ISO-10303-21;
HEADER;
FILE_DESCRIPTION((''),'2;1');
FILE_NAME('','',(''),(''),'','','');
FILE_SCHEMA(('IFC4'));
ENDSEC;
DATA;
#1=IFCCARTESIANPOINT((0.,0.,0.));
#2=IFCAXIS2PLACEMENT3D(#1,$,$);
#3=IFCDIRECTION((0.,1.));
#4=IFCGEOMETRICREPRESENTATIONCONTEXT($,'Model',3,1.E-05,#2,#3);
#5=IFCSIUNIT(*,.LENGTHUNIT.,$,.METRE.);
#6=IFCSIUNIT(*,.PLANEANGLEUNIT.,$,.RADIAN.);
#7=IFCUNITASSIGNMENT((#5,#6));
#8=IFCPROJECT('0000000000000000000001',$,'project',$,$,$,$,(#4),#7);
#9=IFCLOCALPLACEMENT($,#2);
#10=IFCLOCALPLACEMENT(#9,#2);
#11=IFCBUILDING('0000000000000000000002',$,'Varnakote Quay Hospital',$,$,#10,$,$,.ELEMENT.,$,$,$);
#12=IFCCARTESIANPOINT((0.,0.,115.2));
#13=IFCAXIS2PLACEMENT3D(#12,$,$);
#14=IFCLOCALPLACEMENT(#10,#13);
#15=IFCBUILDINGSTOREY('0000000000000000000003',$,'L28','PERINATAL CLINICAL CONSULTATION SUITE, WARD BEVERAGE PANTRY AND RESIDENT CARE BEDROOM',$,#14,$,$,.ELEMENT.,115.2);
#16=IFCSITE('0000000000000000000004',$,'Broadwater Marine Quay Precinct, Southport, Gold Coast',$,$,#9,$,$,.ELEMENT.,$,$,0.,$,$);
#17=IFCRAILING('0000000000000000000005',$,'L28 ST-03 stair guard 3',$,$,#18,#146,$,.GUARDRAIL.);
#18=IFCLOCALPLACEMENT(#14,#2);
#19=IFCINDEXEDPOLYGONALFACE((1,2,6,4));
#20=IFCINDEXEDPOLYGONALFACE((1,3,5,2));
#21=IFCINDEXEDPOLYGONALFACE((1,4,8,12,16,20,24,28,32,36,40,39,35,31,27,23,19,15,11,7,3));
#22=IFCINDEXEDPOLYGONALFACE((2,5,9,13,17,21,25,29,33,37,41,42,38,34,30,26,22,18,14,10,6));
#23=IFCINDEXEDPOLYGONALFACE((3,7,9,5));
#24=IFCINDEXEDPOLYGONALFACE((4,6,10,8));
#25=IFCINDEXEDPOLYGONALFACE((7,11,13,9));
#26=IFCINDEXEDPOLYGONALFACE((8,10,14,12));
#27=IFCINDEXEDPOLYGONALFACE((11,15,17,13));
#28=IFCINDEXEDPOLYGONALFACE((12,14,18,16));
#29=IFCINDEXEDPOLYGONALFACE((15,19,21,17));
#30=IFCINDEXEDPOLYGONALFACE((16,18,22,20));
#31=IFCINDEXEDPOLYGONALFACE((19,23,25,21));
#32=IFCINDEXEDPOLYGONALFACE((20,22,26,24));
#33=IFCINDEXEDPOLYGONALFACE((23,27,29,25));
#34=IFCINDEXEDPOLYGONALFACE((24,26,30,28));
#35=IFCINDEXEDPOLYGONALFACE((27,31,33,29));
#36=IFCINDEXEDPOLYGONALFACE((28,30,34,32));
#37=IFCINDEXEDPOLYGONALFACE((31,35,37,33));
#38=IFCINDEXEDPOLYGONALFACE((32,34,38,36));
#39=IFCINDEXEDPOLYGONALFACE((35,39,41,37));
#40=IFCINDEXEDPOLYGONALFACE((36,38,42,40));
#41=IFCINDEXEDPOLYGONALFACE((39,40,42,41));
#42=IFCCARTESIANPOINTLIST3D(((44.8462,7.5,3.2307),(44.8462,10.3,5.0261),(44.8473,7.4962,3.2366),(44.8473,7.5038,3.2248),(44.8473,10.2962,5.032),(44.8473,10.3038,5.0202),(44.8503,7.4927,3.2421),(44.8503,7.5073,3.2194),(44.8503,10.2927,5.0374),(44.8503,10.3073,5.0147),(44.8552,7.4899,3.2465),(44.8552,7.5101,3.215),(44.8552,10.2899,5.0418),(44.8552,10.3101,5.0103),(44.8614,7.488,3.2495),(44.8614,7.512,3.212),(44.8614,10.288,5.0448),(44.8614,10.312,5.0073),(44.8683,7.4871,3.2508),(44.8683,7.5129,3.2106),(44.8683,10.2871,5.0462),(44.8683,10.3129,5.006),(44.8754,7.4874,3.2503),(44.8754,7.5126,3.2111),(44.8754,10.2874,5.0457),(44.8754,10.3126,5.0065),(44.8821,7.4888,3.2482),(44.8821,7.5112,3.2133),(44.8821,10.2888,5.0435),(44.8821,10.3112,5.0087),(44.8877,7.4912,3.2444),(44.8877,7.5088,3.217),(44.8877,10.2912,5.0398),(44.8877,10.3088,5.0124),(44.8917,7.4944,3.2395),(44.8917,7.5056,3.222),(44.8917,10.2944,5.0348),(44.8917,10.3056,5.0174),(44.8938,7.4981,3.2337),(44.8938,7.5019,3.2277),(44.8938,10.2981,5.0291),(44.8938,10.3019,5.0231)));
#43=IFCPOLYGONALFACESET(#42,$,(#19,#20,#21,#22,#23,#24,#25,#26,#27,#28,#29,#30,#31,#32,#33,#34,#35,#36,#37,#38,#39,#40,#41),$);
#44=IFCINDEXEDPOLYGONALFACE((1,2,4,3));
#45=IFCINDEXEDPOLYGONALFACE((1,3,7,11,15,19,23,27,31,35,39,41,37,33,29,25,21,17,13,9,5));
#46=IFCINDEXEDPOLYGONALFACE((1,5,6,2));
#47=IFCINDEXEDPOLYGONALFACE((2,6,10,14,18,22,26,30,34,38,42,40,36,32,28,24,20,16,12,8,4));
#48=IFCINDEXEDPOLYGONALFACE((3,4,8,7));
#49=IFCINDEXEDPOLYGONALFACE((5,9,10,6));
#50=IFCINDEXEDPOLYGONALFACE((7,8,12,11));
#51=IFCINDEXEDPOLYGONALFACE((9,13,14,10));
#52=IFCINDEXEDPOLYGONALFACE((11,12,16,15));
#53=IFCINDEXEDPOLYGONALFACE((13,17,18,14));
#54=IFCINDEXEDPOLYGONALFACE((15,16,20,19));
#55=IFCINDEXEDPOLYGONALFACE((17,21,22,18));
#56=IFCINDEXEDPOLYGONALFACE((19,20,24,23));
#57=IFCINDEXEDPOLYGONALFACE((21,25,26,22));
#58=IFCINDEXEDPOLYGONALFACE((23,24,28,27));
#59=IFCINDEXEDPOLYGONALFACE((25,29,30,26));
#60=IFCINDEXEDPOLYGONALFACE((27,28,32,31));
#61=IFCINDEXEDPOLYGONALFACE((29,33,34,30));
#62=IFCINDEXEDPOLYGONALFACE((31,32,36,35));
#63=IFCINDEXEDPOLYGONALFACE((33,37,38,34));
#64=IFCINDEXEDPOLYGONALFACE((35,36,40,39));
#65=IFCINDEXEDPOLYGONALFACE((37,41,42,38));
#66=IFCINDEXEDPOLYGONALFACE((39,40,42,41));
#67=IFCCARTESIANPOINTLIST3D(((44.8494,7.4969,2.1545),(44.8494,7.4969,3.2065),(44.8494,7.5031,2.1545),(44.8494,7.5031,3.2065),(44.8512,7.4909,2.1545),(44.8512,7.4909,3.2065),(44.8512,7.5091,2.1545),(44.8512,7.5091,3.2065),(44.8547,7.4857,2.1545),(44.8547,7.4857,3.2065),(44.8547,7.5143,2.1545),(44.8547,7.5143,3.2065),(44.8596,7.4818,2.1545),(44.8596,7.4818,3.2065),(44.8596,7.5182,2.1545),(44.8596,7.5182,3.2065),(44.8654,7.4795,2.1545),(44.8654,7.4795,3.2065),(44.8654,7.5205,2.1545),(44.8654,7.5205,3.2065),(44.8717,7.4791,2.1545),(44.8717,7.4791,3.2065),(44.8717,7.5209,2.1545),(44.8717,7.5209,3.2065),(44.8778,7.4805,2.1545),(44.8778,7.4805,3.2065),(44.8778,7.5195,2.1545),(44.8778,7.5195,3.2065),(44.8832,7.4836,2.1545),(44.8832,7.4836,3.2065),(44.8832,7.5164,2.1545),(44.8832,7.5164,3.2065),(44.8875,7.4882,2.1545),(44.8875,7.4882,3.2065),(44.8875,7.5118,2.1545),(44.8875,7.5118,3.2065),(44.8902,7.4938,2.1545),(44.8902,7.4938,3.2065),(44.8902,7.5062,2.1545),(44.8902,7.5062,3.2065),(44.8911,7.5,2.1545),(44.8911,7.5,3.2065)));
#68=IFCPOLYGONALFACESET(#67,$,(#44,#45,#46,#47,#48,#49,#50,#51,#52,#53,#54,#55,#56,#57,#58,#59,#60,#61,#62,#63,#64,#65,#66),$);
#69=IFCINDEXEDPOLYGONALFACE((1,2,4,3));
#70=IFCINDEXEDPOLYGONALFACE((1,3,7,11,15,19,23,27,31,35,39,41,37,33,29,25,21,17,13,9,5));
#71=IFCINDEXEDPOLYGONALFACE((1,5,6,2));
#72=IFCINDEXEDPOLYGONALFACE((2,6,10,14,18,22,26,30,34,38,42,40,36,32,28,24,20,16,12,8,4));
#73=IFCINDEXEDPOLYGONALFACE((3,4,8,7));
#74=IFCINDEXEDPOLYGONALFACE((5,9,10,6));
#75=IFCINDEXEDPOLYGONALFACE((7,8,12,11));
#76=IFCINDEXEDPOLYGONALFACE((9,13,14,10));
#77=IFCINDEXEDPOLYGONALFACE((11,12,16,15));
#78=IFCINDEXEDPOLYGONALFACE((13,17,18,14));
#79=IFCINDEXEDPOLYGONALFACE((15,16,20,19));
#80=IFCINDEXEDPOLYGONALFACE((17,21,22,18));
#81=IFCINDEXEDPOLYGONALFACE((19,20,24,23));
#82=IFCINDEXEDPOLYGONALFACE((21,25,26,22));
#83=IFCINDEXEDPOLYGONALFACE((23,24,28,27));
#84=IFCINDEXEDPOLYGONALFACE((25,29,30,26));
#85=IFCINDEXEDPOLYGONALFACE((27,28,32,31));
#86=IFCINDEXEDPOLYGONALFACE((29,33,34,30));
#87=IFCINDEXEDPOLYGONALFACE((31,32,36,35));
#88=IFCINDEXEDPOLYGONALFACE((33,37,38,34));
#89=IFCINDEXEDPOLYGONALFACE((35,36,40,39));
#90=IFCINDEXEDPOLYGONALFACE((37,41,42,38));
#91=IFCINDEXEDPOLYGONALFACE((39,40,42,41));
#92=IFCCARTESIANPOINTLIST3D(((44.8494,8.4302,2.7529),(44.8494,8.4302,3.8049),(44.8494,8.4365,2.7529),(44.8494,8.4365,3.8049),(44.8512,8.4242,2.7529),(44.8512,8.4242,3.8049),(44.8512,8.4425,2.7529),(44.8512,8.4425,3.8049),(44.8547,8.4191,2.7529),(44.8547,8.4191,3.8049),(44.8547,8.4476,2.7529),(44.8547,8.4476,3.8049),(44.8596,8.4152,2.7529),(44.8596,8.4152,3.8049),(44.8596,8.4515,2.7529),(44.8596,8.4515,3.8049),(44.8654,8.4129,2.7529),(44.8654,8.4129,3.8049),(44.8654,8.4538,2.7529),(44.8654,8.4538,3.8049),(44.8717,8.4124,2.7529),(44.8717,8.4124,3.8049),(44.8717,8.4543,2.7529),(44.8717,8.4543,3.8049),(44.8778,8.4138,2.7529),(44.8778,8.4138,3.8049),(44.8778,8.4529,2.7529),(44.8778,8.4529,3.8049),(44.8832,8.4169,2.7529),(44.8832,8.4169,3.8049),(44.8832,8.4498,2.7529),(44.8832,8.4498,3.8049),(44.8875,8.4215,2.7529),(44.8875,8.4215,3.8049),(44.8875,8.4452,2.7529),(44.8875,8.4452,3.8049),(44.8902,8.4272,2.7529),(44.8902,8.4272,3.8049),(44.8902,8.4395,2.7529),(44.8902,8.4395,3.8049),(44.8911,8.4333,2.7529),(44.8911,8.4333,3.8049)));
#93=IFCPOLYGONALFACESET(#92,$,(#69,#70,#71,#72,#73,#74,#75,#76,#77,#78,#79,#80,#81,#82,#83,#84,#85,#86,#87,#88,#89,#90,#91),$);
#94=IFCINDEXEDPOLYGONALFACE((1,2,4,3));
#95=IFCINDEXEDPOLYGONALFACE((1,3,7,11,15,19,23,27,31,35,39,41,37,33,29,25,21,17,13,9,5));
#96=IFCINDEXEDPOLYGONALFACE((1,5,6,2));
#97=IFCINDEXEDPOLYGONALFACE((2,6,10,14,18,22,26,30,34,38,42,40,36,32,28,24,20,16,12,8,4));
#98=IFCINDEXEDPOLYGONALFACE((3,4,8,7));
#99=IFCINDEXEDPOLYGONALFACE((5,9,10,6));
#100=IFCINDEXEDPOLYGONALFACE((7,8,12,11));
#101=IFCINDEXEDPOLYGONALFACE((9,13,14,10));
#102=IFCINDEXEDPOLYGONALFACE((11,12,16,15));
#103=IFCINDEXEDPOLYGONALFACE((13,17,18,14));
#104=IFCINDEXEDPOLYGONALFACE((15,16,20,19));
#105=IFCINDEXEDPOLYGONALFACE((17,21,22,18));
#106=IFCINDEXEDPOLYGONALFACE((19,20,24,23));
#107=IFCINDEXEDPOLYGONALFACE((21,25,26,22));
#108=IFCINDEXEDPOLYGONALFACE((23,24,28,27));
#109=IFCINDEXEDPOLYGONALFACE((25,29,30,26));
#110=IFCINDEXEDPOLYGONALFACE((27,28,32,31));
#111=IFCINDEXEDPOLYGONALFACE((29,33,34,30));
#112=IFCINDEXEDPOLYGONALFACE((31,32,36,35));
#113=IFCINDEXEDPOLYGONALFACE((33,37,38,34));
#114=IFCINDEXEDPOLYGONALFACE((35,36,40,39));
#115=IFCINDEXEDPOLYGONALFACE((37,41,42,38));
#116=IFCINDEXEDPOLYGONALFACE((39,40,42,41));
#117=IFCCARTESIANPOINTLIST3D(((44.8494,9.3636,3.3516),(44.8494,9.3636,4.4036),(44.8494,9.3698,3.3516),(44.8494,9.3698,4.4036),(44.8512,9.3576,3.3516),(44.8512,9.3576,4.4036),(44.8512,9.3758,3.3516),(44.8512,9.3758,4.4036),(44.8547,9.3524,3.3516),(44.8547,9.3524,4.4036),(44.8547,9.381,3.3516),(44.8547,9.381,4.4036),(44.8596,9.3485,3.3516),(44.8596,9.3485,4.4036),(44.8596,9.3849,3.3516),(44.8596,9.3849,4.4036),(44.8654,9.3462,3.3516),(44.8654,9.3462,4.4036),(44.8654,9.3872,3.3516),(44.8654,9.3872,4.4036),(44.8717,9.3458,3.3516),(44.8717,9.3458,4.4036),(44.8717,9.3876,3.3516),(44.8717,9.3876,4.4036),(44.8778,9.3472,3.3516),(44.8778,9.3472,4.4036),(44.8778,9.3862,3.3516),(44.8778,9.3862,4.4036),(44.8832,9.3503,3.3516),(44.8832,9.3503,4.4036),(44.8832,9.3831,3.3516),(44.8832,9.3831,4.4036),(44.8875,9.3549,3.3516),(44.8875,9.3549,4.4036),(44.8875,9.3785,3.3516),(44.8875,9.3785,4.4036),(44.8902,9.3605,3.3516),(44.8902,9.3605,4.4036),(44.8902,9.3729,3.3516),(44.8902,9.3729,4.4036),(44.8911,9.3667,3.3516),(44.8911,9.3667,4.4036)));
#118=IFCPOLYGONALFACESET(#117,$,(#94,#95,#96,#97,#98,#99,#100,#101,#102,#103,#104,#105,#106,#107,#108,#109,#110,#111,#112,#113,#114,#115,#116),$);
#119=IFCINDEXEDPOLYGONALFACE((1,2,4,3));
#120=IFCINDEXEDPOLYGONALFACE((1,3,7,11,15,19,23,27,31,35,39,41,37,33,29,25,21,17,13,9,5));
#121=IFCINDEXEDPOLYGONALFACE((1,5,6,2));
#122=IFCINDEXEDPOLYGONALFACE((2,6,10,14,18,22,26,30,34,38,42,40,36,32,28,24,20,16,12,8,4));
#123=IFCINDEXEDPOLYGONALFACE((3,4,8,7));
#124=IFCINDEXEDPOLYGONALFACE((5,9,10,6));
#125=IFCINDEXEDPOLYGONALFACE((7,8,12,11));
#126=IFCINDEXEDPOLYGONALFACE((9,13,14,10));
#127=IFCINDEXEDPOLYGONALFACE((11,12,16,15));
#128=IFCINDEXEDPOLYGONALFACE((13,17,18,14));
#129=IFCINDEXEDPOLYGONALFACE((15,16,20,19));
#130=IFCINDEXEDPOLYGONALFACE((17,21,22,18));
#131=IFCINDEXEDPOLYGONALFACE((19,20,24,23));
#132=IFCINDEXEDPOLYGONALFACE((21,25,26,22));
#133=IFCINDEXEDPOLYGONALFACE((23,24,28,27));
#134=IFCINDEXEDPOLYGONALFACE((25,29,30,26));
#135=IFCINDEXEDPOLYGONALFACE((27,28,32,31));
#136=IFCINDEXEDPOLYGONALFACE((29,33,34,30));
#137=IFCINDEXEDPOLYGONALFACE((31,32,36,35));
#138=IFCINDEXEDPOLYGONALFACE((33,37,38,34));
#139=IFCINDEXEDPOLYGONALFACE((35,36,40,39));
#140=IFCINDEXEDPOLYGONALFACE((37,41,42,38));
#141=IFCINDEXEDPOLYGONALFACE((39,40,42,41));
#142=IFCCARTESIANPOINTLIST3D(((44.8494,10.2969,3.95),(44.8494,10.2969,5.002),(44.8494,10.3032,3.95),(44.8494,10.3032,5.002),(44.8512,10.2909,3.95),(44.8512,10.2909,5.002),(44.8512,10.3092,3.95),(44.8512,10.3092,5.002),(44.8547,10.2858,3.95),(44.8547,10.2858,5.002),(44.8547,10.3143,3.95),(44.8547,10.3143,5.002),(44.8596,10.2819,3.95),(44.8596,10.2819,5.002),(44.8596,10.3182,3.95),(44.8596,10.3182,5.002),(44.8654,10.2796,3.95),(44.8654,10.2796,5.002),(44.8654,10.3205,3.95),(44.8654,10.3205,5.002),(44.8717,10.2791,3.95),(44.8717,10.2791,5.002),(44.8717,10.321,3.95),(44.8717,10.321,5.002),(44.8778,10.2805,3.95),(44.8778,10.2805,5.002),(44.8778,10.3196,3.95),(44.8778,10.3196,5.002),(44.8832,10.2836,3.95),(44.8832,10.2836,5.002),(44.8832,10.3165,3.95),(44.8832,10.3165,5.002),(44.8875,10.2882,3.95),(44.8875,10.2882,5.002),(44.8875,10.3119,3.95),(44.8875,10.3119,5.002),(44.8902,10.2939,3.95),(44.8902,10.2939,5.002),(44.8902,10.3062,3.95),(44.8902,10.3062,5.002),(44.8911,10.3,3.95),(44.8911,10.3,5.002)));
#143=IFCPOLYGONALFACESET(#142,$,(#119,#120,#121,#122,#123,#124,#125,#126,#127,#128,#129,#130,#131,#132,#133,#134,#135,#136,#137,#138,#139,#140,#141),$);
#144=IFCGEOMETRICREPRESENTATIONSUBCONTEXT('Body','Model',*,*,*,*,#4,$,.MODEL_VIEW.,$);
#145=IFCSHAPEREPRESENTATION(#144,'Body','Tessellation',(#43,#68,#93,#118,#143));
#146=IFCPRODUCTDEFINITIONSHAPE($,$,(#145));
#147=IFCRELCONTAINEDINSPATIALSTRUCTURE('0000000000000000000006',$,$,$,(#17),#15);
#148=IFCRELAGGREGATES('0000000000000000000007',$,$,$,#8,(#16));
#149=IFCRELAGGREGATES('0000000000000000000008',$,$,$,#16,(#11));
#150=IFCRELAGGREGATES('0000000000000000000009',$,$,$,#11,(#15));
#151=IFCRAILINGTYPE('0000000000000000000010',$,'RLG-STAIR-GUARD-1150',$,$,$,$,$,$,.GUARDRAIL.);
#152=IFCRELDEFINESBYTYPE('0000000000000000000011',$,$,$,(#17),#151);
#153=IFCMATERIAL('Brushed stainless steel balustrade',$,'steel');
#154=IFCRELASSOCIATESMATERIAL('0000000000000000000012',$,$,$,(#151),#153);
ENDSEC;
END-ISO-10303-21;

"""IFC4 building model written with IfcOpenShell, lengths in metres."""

from ifc_helpers import new_model, si_unit, direction, frame, origin, origin_2d, place, context, subcontext, project, spatial, circle, extrude, material, type_object, element, save


model = new_model("IFC4")

# Units and contexts
model_context = context("Model", 3, precision=1e-05, world=origin(), true_north=direction((0.0, 1.0)))
body_context = subcontext(model_context, "Body", "Model", "MODEL_VIEW")
ifc_project = project(units=[si_unit("LENGTHUNIT", "METRE"), si_unit("PLANEANGLEUNIT", "RADIAN")], contexts=[model_context])

# Site, building, storey
site_placement = place(None, origin())
site = spatial("IfcSite", under=ifc_project, at=site_placement, Name="Broadwater Marine Quay Precinct, Southport, Gold Coast", CompositionType="ELEMENT", RefElevation=0.0)
building_placement = place(site_placement, origin())
building = spatial("IfcBuilding", under=site, at=building_placement, Name="Varnakote Quay Hospital", CompositionType="ELEMENT")
storey_placement = place(building_placement, frame((0.0, 0.0, 115.2)))
storey = spatial("IfcBuildingStorey", under=building, at=storey_placement, Name="L28", Description="PERINATAL CLINICAL CONSULTATION SUITE, WARD BEVERAGE PANTRY AND RESIDENT CARE BEDROOM", CompositionType="ELEMENT", Elevation=115.2)

# Railing
ifc_material_1 = material(Name="Brushed stainless steel balustrade", Category="steel")
railing_type_1 = type_object("IfcRailingType", Name="RLG-STAIR-GUARD-1150", PredefinedType="GUARDRAIL", material=ifc_material_1)
railing_1_placement = place(storey_placement, frame((44.8701, 7.5, 2.1545)))
element("IfcRailing", 1, at=railing_1_placement, inside=storey, type_object=railing_type_1, Name="L28 ST-03 stair guard 3", PredefinedType="GUARDRAIL", context=body_context, shape_type="SweptSolid", body=[
    extrude(circle(Radius=0.0239, at=origin_2d()), frame((0.0, 0.0, 1.0762), z_axis=(0.0, 0.84181, 0.539774), x_axis=(-1.0, 0.0, 0.0)), (0.0, 0.0, 1.0), 3.3262),
    extrude(circle(Radius=0.021, at=origin_2d()), origin(), (0.0, 0.0, 1.0), 1.052),
    extrude(circle(Radius=0.021, at=origin_2d()), frame((0.0, 0.9333, 0.5984)), (0.0, 0.0, 1.0), 1.052),
    extrude(circle(Radius=0.021, at=origin_2d()), frame((0.0, 1.8667, 1.197)), (0.0, 0.0, 1.0), 1.052),
    extrude(circle(Radius=0.021, at=origin_2d()), frame((0.0, 2.8, 1.7954)), (0.0, 0.0, 1.0), 1.052),
])

save(model, "model.ifc")
